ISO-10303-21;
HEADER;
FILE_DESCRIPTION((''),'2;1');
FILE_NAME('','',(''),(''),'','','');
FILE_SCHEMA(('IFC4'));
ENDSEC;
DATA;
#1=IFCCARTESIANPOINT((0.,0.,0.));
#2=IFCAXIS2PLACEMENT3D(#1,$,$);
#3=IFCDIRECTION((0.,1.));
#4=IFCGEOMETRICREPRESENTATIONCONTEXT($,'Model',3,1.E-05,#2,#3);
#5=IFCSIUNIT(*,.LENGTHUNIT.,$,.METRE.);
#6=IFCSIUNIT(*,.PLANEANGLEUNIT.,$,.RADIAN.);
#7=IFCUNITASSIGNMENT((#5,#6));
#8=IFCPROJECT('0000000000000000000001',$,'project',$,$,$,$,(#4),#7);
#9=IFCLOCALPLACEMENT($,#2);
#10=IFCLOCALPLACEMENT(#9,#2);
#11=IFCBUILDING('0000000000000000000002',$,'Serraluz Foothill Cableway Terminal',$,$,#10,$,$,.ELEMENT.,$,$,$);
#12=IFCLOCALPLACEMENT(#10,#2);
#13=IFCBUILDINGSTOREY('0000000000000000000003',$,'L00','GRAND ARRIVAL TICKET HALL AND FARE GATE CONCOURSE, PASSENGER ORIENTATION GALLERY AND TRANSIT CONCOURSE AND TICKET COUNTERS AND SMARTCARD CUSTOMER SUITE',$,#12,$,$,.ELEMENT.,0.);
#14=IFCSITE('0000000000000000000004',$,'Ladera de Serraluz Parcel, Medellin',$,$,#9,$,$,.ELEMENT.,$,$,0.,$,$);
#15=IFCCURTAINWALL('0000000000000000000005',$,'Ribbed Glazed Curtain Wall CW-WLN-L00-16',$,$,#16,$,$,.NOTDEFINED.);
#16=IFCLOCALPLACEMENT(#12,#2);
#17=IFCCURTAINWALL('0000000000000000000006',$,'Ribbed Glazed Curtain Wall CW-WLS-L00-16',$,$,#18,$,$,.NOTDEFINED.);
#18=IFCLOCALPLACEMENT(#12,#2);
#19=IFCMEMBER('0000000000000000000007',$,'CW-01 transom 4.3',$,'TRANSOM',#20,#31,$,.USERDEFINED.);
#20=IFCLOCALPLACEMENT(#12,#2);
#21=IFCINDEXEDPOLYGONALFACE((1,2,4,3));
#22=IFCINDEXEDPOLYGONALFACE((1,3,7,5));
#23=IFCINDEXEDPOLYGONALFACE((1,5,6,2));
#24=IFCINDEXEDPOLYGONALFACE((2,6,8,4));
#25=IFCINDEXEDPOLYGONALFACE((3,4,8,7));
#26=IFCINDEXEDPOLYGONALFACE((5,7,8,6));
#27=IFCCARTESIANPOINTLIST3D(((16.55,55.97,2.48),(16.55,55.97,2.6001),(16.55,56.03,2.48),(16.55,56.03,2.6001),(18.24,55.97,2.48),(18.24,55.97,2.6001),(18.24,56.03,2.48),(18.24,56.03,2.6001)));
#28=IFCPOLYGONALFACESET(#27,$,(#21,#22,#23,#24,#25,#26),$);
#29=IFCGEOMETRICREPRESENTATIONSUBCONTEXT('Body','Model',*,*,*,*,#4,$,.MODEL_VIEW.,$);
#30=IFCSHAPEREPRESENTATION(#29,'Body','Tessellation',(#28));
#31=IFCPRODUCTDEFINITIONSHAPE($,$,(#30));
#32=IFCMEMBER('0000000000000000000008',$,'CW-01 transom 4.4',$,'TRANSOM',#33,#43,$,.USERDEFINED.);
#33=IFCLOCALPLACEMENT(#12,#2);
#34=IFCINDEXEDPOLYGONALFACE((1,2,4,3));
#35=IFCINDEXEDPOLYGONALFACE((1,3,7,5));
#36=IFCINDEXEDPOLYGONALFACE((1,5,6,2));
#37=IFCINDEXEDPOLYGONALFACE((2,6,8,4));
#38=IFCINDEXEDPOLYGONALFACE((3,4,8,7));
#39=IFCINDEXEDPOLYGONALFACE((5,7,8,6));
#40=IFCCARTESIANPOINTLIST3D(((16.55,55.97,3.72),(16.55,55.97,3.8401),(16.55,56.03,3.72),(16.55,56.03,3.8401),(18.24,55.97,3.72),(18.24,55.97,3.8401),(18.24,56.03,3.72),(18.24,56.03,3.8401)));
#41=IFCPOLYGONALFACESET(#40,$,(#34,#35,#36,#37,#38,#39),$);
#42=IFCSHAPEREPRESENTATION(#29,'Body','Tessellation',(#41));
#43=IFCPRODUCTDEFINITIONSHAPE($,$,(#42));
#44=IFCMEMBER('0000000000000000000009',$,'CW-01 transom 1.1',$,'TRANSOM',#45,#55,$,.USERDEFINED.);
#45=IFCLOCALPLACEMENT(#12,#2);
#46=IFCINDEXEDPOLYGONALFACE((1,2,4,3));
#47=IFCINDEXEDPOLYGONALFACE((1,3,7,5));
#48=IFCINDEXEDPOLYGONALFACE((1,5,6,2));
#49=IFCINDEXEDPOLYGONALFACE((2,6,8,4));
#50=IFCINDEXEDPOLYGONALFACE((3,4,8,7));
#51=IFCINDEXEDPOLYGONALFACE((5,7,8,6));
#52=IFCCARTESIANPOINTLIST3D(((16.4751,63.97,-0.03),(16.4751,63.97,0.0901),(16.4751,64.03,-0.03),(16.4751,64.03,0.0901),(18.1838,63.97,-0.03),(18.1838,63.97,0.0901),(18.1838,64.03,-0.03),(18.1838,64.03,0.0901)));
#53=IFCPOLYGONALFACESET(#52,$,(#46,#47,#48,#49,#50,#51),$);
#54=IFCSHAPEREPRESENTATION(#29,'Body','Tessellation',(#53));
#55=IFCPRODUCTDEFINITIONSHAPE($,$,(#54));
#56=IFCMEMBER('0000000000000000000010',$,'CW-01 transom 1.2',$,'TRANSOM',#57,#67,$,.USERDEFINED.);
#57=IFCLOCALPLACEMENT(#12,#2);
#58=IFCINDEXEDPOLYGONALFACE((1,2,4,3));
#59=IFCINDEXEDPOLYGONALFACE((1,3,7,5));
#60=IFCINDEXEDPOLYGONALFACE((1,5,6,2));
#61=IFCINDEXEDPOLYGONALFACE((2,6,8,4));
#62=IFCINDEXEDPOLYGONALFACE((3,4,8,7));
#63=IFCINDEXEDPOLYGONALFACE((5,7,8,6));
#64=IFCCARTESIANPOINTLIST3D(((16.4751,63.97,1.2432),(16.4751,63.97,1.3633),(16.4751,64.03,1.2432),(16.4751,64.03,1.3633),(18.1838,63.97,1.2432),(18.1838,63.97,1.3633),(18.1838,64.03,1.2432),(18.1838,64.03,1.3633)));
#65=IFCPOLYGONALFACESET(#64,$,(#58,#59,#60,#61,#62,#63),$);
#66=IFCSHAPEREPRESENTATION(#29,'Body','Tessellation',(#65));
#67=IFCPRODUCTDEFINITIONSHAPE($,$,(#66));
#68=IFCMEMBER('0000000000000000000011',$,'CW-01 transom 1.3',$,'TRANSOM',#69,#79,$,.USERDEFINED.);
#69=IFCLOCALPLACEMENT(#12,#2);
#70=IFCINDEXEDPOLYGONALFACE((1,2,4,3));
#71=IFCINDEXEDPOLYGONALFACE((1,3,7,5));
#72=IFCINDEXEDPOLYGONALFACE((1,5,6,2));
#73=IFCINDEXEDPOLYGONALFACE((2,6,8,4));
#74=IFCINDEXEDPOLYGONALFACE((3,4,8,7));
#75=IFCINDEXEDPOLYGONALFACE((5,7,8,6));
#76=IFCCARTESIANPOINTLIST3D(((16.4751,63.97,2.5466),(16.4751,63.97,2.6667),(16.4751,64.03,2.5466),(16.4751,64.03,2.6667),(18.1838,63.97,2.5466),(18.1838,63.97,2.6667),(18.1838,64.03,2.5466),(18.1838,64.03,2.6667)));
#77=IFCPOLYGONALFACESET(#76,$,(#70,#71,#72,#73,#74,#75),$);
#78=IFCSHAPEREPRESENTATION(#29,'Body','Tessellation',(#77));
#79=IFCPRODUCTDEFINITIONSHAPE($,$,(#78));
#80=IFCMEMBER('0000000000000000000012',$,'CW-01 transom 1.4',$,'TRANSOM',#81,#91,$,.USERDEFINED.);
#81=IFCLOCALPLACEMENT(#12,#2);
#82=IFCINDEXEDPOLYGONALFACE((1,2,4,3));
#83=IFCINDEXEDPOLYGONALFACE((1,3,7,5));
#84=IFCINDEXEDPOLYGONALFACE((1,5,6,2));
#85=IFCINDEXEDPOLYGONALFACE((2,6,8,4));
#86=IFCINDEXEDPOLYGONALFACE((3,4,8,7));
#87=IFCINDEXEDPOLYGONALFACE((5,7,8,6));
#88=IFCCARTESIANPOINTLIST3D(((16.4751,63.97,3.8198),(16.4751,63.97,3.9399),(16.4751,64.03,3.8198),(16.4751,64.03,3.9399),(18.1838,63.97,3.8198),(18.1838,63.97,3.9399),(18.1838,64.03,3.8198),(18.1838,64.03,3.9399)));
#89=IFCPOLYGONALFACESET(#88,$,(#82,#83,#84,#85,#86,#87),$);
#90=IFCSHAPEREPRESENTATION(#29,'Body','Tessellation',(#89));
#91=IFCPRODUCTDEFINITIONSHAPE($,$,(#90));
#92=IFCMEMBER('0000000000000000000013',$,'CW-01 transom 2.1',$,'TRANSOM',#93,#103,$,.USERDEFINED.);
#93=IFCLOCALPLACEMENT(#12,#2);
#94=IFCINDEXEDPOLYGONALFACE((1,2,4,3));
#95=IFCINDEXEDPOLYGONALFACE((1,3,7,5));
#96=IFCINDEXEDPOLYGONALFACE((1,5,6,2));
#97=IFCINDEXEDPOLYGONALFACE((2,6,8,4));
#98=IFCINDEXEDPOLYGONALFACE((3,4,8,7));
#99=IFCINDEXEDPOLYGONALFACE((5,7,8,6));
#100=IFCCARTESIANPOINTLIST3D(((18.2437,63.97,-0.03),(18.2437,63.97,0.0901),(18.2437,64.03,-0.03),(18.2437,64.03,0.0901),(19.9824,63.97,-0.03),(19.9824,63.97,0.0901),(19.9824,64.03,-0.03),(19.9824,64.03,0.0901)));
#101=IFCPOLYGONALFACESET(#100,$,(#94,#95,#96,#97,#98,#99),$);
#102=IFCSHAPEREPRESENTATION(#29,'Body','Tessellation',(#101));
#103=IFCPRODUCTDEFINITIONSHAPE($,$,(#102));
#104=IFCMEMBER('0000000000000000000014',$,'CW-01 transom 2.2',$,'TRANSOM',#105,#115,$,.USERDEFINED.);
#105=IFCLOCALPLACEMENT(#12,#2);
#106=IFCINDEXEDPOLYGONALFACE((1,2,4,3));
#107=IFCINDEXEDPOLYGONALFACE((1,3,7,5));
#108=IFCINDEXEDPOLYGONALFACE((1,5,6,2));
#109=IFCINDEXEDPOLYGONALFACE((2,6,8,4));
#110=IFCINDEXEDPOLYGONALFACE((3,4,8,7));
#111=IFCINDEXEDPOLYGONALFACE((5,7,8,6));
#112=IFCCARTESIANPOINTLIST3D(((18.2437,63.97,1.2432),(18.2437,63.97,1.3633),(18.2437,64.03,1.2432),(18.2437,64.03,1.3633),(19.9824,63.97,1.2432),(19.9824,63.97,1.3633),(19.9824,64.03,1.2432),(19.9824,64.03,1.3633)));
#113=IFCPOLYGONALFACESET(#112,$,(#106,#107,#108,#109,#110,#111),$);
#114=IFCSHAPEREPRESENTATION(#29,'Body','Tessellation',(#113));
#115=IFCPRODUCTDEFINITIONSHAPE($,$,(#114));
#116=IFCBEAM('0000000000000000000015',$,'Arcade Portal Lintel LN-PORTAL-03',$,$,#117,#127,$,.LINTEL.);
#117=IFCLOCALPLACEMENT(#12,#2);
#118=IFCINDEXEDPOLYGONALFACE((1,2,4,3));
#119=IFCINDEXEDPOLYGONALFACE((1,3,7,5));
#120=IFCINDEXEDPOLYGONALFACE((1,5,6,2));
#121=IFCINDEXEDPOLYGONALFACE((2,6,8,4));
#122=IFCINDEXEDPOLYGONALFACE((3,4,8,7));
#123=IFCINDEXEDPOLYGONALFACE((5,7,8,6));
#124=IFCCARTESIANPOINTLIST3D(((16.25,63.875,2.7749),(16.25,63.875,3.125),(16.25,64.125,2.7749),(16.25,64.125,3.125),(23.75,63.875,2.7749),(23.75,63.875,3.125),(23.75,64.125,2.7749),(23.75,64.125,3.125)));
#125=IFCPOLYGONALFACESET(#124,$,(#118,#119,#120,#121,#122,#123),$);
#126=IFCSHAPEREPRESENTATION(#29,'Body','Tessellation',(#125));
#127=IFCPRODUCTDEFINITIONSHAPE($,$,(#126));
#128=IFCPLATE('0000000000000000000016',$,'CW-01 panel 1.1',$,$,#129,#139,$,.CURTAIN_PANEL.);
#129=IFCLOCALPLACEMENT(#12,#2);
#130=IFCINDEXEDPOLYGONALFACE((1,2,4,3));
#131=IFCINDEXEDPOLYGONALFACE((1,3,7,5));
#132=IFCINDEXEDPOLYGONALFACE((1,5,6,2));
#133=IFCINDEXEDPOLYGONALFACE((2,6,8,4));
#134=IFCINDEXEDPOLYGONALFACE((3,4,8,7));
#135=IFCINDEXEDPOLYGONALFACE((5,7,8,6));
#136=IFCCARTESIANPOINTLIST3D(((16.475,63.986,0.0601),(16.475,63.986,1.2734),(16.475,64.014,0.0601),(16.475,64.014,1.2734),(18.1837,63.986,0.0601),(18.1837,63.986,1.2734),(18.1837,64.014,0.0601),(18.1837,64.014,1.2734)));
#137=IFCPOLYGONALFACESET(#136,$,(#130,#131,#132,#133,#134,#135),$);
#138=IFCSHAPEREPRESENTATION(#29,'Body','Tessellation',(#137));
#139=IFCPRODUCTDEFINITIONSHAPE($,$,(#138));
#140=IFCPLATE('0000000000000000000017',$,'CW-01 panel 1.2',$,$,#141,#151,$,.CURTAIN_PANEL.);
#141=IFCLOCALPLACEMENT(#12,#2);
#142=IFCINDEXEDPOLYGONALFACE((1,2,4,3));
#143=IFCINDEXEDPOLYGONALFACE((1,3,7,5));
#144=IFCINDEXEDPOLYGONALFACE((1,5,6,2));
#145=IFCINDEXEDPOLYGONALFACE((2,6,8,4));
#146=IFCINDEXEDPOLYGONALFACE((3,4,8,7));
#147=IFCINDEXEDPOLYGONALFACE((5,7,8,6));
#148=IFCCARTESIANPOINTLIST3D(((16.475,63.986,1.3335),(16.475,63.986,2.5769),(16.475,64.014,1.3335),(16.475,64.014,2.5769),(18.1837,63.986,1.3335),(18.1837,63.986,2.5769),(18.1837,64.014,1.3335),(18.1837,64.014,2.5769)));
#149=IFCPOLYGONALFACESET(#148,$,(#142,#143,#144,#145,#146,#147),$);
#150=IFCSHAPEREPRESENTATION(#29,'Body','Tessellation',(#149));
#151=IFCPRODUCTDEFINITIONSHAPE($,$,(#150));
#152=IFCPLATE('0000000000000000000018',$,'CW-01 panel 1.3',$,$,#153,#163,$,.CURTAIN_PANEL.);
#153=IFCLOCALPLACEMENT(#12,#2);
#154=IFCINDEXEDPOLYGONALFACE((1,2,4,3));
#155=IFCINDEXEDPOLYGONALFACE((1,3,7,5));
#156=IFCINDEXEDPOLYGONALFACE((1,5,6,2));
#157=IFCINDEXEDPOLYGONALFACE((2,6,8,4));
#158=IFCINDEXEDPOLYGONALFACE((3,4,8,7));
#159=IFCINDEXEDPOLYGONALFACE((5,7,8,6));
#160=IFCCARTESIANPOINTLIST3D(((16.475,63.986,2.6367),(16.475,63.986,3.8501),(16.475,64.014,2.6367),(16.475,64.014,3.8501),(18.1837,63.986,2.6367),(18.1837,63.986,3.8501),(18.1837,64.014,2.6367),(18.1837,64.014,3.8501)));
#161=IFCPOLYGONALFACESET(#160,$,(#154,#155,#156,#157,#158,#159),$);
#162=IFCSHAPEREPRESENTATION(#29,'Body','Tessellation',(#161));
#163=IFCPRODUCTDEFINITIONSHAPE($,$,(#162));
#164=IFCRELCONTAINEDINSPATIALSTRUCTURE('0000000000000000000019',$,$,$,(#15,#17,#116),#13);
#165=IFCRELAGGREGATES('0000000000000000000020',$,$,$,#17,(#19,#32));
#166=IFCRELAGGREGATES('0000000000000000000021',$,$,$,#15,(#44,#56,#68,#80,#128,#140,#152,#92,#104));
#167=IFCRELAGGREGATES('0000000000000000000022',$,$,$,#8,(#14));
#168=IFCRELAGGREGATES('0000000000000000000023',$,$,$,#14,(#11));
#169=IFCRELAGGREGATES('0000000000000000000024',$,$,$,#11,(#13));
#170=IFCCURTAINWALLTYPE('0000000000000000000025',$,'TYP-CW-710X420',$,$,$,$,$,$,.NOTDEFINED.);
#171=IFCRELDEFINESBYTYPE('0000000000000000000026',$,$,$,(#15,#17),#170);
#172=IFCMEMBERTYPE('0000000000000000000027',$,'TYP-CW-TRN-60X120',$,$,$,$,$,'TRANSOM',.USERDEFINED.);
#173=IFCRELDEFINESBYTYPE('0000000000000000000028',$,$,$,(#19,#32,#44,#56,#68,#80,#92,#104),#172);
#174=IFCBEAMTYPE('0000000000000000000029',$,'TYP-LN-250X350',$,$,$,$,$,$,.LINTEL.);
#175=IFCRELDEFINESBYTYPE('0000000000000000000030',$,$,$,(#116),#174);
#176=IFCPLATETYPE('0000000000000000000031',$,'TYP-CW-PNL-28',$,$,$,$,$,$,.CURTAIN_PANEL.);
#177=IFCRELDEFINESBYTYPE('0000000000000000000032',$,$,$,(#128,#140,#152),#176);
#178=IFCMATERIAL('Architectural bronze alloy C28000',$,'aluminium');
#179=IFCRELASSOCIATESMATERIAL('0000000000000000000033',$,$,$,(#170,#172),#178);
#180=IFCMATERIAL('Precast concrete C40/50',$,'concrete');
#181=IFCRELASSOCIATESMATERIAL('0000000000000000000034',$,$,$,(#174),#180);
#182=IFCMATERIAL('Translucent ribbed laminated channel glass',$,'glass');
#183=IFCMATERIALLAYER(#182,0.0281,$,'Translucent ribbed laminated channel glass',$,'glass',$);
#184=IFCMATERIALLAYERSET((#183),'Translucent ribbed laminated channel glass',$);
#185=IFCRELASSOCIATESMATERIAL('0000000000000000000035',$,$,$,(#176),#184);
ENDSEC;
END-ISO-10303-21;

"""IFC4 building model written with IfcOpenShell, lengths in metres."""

from ifc_helpers import new_model, si_unit, direction, frame, origin, origin_2d, place, context, subcontext, project, spatial, rectangle, extrude, material, layer, layer_set, material_profile, profile_set, type_object, element, aggregate, save


model = new_model("IFC4")

# Units and contexts
model_context = context("Model", 3, precision=1e-05, world=origin(), true_north=direction((0.0, 1.0)))
body_context = subcontext(model_context, "Body", "Model", "MODEL_VIEW")
ifc_project = project(units=[si_unit("LENGTHUNIT", "METRE"), si_unit("PLANEANGLEUNIT", "RADIAN")], contexts=[model_context])

# Site, building, storey
site_placement = place(None, origin())
site = spatial("IfcSite", under=ifc_project, at=site_placement, Name="Ladera de Serraluz Parcel, Medellin", CompositionType="ELEMENT", RefElevation=0.0)
building_placement = place(site_placement, origin())
building = spatial("IfcBuilding", under=site, at=building_placement, Name="Serraluz Foothill Cableway Terminal", CompositionType="ELEMENT")
storey_placement = place(building_placement, origin())
storey = spatial("IfcBuildingStorey", under=building, at=storey_placement, Name="L00", Description="GRAND ARRIVAL TICKET HALL AND FARE GATE CONCOURSE, PASSENGER ORIENTATION GALLERY AND TRANSIT CONCOURSE AND TICKET COUNTERS AND SMARTCARD CUSTOMER SUITE", CompositionType="ELEMENT", Elevation=0.0)

# Curtain walls, members
ifc_material_1 = material(Name="Architectural bronze alloy C28000", Category="aluminium")
curtain_wall_type = type_object("IfcCurtainWallType", Name="TYP-CW-710X420", PredefinedType="NOTDEFINED", material=ifc_material_1)
curtain_wall_1_placement = place(storey_placement, origin())
curtain_wall_1 = element("IfcCurtainWall", 1, at=curtain_wall_1_placement, inside=storey, type_object=curtain_wall_type, Name="Ribbed Glazed Curtain Wall CW-WLN-L00-16", PredefinedType="NOTDEFINED")
curtain_wall_2_placement = place(storey_placement, origin())
curtain_wall_2 = element("IfcCurtainWall", 2, at=curtain_wall_2_placement, inside=storey, type_object=curtain_wall_type, Name="Ribbed Glazed Curtain Wall CW-WLS-L00-16", PredefinedType="NOTDEFINED")
ifc_material_profile_1 = material_profile(ifc_material_1, rectangle(XDim=0.0601, YDim=0.1201, at=origin_2d()), Name="ALU TRANSOM 60x120")
ifc_profile_set_1 = profile_set([ifc_material_profile_1], Name="Architectural bronze alloy C28000")
member_type_1 = type_object("IfcMemberType", Name="TYP-CW-TRN-60X120", ElementType="TRANSOM", PredefinedType="USERDEFINED", material=ifc_profile_set_1)
member_1_placement = place(storey_placement, frame((18.24, 56.0, 2.54), z_axis=(-1.0, 0.0, 0.0), x_axis=(0.0, -1.0, 0.0)))
member_1 = element("IfcMember", 3, at=member_1_placement, type_object=member_type_1, Name="CW-01 transom 4.3", ObjectType="TRANSOM", PredefinedType="USERDEFINED", context=body_context, shape_type="SweptSolid", body=[
    extrude(rectangle(XDim=0.0601, YDim=0.1201, at=origin_2d()), origin(), (0.0, 0.0, 1.0), 1.6899),
])
member_2_placement = place(storey_placement, frame((18.24, 56.0, 3.78), z_axis=(-1.0, 0.0, 0.0), x_axis=(0.0, -1.0, 0.0)))
member_2 = element("IfcMember", 4, at=member_2_placement, type_object=member_type_1, Name="CW-01 transom 4.4", ObjectType="TRANSOM", PredefinedType="USERDEFINED", context=body_context, shape_type="SweptSolid", body=[
    extrude(rectangle(XDim=0.0601, YDim=0.1201, at=origin_2d()), origin(), (0.0, 0.0, 1.0), 1.6899),
])
aggregate(curtain_wall_2, [member_1, member_2])

# Members
member_3_placement = place(storey_placement, frame((16.4751, 64.0, 0.03), z_axis=(1.0, 0.0, 0.0), x_axis=(0.0, 1.0, 0.0)))
member_3 = element("IfcMember", 5, at=member_3_placement, type_object=member_type_1, Name="CW-01 transom 1.1", ObjectType="TRANSOM", PredefinedType="USERDEFINED", context=body_context, shape_type="SweptSolid", body=[
    extrude(rectangle(XDim=0.0601, YDim=0.1201, at=origin_2d()), origin(), (0.0, 0.0, 1.0), 1.7087),
])
member_4_placement = place(storey_placement, frame((16.4751, 64.0, 1.3032), z_axis=(1.0, 0.0, 0.0), x_axis=(0.0, 1.0, 0.0)))
member_4 = element("IfcMember", 6, at=member_4_placement, type_object=member_type_1, Name="CW-01 transom 1.2", ObjectType="TRANSOM", PredefinedType="USERDEFINED", context=body_context, shape_type="SweptSolid", body=[
    extrude(rectangle(XDim=0.0601, YDim=0.1201, at=origin_2d()), origin(), (0.0, 0.0, 1.0), 1.7087),
])
member_5_placement = place(storey_placement, frame((16.4751, 64.0, 2.6067), z_axis=(1.0, 0.0, 0.0), x_axis=(0.0, 1.0, 0.0)))
member_5 = element("IfcMember", 7, at=member_5_placement, type_object=member_type_1, Name="CW-01 transom 1.3", ObjectType="TRANSOM", PredefinedType="USERDEFINED", context=body_context, shape_type="SweptSolid", body=[
    extrude(rectangle(XDim=0.0601, YDim=0.1201, at=origin_2d()), origin(), (0.0, 0.0, 1.0), 1.7087),
])
member_6_placement = place(storey_placement, frame((16.4751, 64.0, 3.8799), z_axis=(1.0, 0.0, 0.0), x_axis=(0.0, 1.0, 0.0)))
member_6 = element("IfcMember", 8, at=member_6_placement, type_object=member_type_1, Name="CW-01 transom 1.4", ObjectType="TRANSOM", PredefinedType="USERDEFINED", context=body_context, shape_type="SweptSolid", body=[
    extrude(rectangle(XDim=0.0601, YDim=0.1201, at=origin_2d()), origin(), (0.0, 0.0, 1.0), 1.7087),
])
member_7_placement = place(storey_placement, frame((18.2437, 64.0, 0.03), z_axis=(1.0, 0.0, 0.0), x_axis=(0.0, 1.0, 0.0)))
member_7 = element("IfcMember", 9, at=member_7_placement, type_object=member_type_1, Name="CW-01 transom 2.1", ObjectType="TRANSOM", PredefinedType="USERDEFINED", context=body_context, shape_type="SweptSolid", body=[
    extrude(rectangle(XDim=0.0601, YDim=0.1201, at=origin_2d()), origin(), (0.0, 0.0, 1.0), 1.7388),
])
member_8_placement = place(storey_placement, frame((18.2437, 64.0, 1.3032), z_axis=(1.0, 0.0, 0.0), x_axis=(0.0, 1.0, 0.0)))
member_8 = element("IfcMember", 10, at=member_8_placement, type_object=member_type_1, Name="CW-01 transom 2.2", ObjectType="TRANSOM", PredefinedType="USERDEFINED", context=body_context, shape_type="SweptSolid", body=[
    extrude(rectangle(XDim=0.0601, YDim=0.1201, at=origin_2d()), origin(), (0.0, 0.0, 1.0), 1.7388),
])

# Beam
ifc_material_2 = material(Name="Precast concrete C40/50", Category="concrete")
ifc_material_profile_2 = material_profile(ifc_material_2, rectangle(XDim=0.25, YDim=0.3501, at=origin_2d()), Name="RC LN 250x350")
ifc_profile_set_2 = profile_set([ifc_material_profile_2], Name="Precast concrete C40/50")
beam_type_1 = type_object("IfcBeamType", Name="TYP-LN-250X350", PredefinedType="LINTEL", material=ifc_profile_set_2)
beam_1_placement = place(storey_placement, frame((16.25, 64.0, 2.95), z_axis=(1.0, 0.0, 0.0), x_axis=(0.0, 1.0, 0.0)))
element("IfcBeam", 11, at=beam_1_placement, inside=storey, type_object=beam_type_1, Name="Arcade Portal Lintel LN-PORTAL-03", PredefinedType="LINTEL", context=body_context, shape_type="SweptSolid", body=[
    extrude(rectangle(XDim=0.25, YDim=0.3501, at=origin_2d()), origin(), (0.0, 0.0, 1.0), 7.5),
])

# Plates
ifc_material_3 = material(Name="Translucent ribbed laminated channel glass", Category="glass")
ifc_layer = layer(ifc_material_3, 0.0281, Name="Translucent ribbed laminated channel glass", Category="glass")
ifc_layer_set = layer_set([ifc_layer], Name="Translucent ribbed laminated channel glass")
plate_type = type_object("IfcPlateType", Name="TYP-CW-PNL-28", PredefinedType="CURTAIN_PANEL", material=ifc_layer_set)
plate_1_placement = place(storey_placement, frame((17.3293, 64.0, 0.0601), z_axis=(0.0, 0.0, 1.0), x_axis=(1.0, 0.0, 0.0)))
plate_1 = element("IfcPlate", 12, at=plate_1_placement, type_object=plate_type, Name="CW-01 panel 1.1", PredefinedType="CURTAIN_PANEL", context=body_context, shape_type="SweptSolid", body=[
    extrude(rectangle(XDim=1.7087, YDim=0.0281, at=origin_2d()), origin(), (0.0, 0.0, 1.0), 1.2134),
])
plate_2_placement = place(storey_placement, frame((17.3293, 64.0, 1.3335), z_axis=(0.0, 0.0, 1.0), x_axis=(1.0, 0.0, 0.0)))
plate_2 = element("IfcPlate", 13, at=plate_2_placement, type_object=plate_type, Name="CW-01 panel 1.2", PredefinedType="CURTAIN_PANEL", context=body_context, shape_type="SweptSolid", body=[
    extrude(rectangle(XDim=1.7087, YDim=0.0281, at=origin_2d()), origin(), (0.0, 0.0, 1.0), 1.2434),
])
plate_3_placement = place(storey_placement, frame((17.3293, 64.0, 2.6367), z_axis=(0.0, 0.0, 1.0), x_axis=(1.0, 0.0, 0.0)))
plate_3 = element("IfcPlate", 14, at=plate_3_placement, type_object=plate_type, Name="CW-01 panel 1.3", PredefinedType="CURTAIN_PANEL", context=body_context, shape_type="SweptSolid", body=[
    extrude(rectangle(XDim=1.7087, YDim=0.0281, at=origin_2d()), origin(), (0.0, 0.0, 1.0), 1.2134),
])
aggregate(curtain_wall_1, [member_3, member_4, member_5, member_6, plate_1, plate_2, plate_3, member_7, member_8])

save(model, "model.ifc")
